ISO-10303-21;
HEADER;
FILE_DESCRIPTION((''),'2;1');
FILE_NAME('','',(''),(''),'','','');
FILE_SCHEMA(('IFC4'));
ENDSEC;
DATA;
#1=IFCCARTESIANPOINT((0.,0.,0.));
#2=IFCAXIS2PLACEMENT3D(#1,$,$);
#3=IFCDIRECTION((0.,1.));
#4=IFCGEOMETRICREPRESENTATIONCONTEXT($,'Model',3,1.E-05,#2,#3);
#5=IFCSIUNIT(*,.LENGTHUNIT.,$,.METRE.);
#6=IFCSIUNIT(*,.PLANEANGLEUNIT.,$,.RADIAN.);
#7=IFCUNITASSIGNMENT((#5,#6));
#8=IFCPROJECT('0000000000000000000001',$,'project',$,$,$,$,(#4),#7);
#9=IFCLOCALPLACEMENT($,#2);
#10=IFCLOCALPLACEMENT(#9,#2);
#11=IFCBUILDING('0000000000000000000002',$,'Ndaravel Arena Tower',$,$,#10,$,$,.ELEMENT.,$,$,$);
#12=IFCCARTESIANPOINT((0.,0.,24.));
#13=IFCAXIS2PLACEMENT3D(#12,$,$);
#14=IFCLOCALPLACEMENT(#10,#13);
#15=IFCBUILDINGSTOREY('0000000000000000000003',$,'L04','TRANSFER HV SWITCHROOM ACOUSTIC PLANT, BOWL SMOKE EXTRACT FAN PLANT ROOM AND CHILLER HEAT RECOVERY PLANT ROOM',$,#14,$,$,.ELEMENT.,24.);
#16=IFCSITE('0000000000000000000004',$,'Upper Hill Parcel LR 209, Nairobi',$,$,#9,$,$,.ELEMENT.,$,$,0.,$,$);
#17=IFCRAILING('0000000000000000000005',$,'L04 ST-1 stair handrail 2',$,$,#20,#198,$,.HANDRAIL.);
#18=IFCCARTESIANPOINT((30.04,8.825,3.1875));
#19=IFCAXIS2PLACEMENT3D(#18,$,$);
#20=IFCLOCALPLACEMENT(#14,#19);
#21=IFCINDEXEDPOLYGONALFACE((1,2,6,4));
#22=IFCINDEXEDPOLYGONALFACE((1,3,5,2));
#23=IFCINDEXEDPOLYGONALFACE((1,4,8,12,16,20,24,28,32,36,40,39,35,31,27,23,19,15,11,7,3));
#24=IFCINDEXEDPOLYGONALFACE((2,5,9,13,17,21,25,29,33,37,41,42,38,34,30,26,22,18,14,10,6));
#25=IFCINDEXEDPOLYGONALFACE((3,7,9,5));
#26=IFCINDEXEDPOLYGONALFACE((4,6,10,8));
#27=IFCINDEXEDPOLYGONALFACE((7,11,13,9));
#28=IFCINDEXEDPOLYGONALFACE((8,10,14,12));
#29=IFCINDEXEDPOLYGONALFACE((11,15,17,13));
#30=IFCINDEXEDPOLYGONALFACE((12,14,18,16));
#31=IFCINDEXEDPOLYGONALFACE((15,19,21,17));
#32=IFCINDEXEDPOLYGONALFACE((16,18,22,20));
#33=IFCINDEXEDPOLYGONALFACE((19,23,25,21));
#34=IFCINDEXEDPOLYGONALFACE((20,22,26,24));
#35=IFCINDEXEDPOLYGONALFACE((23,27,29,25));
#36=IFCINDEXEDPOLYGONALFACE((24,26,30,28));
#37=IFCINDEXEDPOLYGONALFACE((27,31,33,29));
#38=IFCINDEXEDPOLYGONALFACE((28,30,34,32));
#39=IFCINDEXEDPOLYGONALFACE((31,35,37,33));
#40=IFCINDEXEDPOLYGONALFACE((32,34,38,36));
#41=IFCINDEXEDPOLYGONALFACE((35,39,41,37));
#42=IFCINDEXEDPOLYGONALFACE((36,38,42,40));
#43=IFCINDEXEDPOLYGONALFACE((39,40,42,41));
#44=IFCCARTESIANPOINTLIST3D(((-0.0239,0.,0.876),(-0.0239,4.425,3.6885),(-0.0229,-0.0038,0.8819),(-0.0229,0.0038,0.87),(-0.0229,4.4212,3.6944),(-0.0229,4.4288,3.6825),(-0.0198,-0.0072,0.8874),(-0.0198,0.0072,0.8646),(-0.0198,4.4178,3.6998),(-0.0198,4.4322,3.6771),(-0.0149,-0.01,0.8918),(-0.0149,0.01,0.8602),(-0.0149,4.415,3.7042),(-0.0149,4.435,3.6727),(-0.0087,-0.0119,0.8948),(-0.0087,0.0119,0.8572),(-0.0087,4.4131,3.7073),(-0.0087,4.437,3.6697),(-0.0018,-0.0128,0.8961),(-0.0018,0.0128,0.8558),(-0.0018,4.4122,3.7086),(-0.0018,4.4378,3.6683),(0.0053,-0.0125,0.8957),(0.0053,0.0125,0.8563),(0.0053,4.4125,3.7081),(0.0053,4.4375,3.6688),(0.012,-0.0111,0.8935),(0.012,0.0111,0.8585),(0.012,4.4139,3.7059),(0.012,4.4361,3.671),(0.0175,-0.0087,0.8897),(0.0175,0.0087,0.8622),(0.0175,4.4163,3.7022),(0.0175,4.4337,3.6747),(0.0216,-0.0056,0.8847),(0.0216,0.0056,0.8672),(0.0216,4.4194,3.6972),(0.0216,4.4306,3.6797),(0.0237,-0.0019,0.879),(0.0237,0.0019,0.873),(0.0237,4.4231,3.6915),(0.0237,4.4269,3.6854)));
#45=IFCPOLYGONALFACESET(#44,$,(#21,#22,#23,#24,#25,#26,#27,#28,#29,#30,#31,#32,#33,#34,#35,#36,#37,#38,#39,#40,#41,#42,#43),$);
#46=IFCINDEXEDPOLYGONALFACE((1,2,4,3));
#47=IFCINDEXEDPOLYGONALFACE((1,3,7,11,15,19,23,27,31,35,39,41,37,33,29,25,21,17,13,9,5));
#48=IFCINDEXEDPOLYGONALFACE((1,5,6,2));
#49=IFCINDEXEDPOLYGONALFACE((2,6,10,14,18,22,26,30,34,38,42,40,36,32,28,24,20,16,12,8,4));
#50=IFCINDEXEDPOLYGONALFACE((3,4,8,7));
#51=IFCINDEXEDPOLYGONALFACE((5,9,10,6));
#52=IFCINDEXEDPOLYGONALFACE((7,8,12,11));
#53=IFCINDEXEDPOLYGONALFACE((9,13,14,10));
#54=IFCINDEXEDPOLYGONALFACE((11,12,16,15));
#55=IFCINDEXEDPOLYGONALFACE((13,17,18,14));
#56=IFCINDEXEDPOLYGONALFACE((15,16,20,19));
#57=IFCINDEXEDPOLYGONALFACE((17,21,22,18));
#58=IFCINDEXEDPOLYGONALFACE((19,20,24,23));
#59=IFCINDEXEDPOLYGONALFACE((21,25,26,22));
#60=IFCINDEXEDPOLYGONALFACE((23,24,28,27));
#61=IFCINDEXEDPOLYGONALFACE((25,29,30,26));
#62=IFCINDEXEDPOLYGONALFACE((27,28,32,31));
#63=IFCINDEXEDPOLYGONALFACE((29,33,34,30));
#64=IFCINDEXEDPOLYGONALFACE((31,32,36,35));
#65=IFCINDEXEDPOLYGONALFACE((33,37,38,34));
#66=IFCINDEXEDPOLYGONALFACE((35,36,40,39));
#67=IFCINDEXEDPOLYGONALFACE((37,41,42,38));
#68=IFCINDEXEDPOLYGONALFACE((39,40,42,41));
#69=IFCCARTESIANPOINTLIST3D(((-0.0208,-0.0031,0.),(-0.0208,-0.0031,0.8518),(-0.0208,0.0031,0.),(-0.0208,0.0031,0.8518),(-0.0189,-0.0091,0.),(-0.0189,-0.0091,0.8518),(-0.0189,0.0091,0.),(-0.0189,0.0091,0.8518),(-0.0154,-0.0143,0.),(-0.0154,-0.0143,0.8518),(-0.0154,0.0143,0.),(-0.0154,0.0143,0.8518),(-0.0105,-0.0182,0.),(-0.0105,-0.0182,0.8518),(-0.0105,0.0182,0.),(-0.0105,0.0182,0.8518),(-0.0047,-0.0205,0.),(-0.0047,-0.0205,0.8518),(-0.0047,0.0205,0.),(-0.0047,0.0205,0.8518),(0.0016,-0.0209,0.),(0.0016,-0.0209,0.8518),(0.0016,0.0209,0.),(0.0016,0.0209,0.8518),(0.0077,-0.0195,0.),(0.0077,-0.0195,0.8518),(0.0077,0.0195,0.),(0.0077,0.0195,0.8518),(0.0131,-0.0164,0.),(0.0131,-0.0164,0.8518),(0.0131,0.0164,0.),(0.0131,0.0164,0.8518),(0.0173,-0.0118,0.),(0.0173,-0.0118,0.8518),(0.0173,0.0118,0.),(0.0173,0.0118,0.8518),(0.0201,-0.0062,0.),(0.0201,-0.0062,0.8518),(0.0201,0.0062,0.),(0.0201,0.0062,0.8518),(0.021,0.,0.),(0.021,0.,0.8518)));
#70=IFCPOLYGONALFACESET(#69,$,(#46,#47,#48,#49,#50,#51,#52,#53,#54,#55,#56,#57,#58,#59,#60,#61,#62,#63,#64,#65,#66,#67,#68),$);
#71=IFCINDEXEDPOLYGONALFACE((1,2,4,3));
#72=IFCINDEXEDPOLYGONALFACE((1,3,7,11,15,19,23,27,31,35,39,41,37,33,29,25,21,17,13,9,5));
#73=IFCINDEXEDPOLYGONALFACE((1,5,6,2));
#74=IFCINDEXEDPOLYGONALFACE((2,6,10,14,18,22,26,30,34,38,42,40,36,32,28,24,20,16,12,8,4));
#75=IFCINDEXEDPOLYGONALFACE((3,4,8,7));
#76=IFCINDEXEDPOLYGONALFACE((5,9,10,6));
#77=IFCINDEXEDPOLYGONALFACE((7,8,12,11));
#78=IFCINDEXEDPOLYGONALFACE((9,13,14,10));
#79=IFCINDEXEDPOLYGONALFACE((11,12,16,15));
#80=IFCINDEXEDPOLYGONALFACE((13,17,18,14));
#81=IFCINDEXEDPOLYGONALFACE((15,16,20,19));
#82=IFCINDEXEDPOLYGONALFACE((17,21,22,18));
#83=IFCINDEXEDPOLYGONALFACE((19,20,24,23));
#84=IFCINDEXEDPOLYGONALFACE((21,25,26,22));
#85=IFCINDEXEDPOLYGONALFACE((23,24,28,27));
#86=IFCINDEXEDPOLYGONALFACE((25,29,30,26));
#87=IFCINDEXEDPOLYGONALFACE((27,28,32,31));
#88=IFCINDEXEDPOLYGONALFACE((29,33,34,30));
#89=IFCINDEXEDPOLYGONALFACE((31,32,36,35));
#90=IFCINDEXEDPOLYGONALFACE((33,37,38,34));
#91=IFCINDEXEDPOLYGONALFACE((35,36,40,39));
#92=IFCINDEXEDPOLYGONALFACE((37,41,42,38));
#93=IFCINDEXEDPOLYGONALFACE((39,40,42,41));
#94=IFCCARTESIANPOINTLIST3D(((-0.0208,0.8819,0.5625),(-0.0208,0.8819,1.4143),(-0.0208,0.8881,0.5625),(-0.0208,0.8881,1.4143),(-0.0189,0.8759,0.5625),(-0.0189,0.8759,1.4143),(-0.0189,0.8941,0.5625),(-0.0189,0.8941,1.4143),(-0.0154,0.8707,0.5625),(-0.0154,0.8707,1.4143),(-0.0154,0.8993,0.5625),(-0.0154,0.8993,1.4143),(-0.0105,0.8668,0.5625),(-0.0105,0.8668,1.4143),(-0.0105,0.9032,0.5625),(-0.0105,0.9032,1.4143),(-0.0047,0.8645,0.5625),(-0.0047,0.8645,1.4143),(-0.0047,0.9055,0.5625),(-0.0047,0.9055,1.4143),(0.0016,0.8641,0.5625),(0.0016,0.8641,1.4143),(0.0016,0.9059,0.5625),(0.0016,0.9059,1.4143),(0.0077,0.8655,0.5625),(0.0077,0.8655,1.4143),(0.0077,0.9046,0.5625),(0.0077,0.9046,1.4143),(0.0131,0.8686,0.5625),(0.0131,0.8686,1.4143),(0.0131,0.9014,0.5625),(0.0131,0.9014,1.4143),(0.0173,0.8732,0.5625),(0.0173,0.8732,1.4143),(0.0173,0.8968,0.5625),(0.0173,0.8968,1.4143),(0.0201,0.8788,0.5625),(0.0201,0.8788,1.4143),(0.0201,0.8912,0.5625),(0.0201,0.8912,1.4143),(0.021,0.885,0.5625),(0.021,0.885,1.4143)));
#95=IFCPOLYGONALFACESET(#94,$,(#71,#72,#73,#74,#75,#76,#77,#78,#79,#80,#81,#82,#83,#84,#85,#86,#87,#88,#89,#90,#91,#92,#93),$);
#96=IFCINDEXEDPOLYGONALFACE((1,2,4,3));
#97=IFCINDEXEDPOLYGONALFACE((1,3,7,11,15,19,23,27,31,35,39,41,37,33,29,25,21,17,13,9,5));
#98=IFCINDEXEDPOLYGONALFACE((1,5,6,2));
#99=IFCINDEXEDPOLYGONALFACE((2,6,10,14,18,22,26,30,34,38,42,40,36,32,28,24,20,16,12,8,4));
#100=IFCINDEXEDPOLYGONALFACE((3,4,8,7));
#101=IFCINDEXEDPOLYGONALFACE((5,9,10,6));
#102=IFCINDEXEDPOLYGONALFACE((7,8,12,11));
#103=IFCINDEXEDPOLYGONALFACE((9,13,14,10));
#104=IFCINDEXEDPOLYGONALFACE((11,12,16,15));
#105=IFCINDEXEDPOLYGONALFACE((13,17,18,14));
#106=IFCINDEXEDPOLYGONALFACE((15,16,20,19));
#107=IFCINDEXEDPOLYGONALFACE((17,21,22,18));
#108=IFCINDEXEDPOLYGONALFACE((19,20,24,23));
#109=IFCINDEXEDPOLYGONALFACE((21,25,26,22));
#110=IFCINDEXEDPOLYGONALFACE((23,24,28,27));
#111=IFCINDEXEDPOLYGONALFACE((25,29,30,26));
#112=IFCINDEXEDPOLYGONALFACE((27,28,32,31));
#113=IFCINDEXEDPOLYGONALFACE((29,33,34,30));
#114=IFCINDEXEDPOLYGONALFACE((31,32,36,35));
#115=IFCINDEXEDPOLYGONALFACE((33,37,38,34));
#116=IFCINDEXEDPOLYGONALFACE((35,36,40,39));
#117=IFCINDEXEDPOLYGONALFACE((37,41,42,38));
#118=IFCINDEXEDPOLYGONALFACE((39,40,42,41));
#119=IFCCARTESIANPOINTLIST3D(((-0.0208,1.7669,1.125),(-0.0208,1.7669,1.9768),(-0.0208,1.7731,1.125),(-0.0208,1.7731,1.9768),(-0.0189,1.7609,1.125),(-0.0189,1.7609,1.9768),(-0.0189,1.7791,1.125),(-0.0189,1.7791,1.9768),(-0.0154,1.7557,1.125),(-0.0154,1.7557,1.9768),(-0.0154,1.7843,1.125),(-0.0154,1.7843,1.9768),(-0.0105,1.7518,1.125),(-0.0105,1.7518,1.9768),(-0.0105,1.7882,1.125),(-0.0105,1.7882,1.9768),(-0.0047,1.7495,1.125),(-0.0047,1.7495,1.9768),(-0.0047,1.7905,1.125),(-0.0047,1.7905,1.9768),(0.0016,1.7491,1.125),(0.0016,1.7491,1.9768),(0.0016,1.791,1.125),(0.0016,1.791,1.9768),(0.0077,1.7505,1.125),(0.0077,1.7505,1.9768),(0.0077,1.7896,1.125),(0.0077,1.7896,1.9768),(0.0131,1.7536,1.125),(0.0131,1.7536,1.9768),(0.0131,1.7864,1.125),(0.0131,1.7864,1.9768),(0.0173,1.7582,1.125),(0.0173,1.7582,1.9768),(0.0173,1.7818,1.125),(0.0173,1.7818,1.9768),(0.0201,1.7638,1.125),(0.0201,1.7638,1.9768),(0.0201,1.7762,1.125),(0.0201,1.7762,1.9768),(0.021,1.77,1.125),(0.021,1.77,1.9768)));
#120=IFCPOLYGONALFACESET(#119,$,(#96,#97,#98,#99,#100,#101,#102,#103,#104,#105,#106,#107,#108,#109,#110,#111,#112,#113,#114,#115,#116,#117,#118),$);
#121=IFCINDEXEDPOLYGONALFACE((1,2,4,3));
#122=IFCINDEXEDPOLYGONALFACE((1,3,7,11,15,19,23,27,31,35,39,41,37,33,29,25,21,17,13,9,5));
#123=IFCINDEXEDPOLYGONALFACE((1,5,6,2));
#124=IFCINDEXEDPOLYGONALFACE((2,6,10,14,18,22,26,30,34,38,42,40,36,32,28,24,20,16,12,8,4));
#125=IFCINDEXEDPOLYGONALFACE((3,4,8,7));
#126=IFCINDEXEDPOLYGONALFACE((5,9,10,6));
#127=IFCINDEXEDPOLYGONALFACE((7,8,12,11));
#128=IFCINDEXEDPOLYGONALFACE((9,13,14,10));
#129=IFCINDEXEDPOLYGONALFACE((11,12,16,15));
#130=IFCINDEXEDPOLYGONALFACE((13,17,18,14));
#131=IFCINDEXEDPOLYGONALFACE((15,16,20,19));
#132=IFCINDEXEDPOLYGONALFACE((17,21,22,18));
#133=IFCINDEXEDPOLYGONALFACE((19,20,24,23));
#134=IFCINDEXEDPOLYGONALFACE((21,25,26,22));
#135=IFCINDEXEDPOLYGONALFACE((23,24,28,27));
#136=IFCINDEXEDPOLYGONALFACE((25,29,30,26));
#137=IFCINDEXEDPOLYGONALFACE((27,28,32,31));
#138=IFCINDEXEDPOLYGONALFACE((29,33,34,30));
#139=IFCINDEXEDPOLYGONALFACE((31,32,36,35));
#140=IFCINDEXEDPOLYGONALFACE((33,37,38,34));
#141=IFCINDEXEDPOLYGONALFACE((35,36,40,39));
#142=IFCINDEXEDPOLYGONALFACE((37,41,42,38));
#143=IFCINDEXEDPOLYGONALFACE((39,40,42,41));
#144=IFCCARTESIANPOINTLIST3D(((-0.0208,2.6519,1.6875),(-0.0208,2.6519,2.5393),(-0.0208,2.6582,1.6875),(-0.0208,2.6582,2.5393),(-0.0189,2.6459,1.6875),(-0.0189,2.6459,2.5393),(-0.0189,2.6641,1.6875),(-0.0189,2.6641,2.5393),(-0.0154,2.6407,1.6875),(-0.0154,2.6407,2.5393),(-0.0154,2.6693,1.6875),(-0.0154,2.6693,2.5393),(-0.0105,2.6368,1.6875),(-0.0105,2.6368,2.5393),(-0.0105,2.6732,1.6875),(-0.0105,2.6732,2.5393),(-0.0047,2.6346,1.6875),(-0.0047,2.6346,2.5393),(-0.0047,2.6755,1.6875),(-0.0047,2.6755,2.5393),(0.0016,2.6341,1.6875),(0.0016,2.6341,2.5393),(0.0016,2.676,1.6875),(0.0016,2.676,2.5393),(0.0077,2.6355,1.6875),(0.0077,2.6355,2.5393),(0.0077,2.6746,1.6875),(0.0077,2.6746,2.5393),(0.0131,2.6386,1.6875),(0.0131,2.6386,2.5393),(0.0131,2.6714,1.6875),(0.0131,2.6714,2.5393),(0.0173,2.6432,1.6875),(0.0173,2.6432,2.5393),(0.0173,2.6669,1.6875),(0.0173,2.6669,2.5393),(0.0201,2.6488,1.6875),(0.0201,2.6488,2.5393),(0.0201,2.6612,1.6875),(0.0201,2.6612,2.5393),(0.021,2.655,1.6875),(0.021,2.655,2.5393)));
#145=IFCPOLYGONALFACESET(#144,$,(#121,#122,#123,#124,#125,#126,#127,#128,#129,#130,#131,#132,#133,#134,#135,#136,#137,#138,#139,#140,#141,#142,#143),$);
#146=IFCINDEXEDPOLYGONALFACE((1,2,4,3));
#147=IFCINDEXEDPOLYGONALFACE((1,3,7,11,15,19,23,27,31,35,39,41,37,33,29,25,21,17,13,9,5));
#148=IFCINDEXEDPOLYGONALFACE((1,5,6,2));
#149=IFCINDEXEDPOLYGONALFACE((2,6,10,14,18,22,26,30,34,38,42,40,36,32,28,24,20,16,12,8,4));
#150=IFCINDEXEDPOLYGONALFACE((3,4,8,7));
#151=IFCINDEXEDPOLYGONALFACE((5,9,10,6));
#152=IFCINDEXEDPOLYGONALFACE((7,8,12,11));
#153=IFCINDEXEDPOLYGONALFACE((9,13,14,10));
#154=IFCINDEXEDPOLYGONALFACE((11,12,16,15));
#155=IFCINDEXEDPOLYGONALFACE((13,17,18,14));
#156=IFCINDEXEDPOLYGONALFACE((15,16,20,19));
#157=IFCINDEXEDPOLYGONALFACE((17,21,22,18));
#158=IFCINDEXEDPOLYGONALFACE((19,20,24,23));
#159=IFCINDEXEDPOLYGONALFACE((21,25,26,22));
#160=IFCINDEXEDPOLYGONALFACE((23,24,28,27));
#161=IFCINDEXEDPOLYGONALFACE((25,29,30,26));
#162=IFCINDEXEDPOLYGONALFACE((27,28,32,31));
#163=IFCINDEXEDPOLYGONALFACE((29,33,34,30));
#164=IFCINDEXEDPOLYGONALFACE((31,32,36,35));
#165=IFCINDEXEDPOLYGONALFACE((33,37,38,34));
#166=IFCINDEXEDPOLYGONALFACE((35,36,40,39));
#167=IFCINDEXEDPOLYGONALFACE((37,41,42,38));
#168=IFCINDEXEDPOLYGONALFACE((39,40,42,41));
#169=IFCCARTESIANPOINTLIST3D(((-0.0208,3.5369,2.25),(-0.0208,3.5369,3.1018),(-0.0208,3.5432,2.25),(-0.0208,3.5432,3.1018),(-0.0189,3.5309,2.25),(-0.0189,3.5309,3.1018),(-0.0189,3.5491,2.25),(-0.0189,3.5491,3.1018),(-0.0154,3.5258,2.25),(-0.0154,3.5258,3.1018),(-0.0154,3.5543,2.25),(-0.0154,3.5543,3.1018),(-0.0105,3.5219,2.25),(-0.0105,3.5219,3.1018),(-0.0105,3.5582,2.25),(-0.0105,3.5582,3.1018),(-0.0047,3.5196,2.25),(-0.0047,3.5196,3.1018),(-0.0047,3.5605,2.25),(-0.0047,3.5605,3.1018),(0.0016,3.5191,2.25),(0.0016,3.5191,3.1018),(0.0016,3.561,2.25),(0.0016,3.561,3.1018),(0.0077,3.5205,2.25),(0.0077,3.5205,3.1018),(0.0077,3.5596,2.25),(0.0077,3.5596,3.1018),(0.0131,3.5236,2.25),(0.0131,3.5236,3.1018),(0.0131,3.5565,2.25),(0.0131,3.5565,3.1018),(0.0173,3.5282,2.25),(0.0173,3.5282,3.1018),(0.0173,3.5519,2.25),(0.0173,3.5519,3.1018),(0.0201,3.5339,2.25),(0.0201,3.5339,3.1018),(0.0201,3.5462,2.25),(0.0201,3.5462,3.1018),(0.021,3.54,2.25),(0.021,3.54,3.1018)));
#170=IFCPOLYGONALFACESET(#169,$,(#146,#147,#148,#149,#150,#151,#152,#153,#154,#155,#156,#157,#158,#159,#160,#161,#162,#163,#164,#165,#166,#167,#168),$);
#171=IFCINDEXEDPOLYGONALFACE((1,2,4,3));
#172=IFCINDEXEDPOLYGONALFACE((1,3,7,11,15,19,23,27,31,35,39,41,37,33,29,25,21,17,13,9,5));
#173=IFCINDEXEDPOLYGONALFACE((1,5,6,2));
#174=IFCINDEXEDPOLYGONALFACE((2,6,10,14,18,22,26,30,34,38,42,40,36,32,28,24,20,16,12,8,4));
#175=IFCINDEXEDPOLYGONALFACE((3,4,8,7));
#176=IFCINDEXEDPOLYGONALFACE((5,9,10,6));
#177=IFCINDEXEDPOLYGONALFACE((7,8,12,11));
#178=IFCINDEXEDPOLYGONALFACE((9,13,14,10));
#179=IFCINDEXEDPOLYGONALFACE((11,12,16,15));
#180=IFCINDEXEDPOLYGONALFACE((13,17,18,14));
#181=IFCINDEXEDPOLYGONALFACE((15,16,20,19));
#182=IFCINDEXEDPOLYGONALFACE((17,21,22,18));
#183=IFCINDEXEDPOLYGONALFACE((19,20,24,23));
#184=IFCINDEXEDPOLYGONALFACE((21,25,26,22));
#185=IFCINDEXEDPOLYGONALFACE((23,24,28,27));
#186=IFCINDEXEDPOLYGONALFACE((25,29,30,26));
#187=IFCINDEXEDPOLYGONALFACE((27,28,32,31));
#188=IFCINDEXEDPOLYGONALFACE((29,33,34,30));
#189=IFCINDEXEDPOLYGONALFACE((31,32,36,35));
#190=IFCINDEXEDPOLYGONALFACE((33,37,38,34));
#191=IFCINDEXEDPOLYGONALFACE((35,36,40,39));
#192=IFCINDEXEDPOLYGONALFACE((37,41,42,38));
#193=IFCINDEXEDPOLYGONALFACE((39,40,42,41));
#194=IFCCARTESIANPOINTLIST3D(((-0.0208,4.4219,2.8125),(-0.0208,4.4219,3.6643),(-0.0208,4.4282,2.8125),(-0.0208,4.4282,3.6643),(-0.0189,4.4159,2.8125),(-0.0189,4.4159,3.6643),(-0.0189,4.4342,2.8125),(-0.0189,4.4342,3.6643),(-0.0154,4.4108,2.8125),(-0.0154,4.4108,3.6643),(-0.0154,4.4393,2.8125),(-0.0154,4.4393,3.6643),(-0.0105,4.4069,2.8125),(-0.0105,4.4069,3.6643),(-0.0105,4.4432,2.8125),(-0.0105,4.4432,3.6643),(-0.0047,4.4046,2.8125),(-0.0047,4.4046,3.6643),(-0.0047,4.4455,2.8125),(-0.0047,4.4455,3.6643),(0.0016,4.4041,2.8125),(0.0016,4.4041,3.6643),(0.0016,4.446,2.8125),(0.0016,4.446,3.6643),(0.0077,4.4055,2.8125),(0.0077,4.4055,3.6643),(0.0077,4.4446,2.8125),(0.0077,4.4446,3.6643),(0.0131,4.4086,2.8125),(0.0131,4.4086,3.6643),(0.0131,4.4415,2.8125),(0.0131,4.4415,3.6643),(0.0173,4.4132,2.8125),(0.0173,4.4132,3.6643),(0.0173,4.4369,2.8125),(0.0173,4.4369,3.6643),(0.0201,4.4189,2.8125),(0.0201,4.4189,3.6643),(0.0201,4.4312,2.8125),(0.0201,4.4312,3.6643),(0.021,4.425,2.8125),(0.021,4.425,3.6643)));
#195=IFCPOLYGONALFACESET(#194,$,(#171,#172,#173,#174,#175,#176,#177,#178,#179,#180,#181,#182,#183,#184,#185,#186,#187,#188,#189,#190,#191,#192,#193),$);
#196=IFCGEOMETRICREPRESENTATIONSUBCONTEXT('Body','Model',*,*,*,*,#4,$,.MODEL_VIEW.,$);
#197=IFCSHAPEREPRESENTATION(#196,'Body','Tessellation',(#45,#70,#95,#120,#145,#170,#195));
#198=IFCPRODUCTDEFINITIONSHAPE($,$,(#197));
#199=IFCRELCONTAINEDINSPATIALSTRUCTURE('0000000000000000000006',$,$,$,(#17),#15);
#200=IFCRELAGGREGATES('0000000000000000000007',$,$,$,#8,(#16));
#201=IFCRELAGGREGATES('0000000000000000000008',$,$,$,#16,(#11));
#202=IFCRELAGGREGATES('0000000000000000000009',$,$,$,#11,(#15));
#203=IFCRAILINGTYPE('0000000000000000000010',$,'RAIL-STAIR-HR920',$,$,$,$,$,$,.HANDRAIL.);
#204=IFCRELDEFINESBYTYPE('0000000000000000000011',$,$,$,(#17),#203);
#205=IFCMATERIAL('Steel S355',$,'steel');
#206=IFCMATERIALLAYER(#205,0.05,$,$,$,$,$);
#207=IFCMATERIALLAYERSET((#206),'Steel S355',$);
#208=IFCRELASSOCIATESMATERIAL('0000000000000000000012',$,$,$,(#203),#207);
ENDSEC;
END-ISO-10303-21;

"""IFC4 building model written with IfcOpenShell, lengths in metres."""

from ifc_helpers import new_model, si_unit, direction, frame, origin, origin_2d, place, context, subcontext, project, spatial, circle, extrude, material, layer, layer_set, type_object, element, save


model = new_model("IFC4")

# Units and contexts
model_context = context("Model", 3, precision=1e-05, world=origin(), true_north=direction((0.0, 1.0)))
body_context = subcontext(model_context, "Body", "Model", "MODEL_VIEW")
ifc_project = project(units=[si_unit("LENGTHUNIT", "METRE"), si_unit("PLANEANGLEUNIT", "RADIAN")], contexts=[model_context])

# Site, building, storey
site_placement = place(None, origin())
site = spatial("IfcSite", under=ifc_project, at=site_placement, Name="Upper Hill Parcel LR 209, Nairobi", CompositionType="ELEMENT", RefElevation=0.0)
building_placement = place(site_placement, origin())
building = spatial("IfcBuilding", under=site, at=building_placement, Name="Ndaravel Arena Tower", CompositionType="ELEMENT")
storey_placement = place(building_placement, frame((0.0, 0.0, 24.0)))
storey = spatial("IfcBuildingStorey", under=building, at=storey_placement, Name="L04", Description="TRANSFER HV SWITCHROOM ACOUSTIC PLANT, BOWL SMOKE EXTRACT FAN PLANT ROOM AND CHILLER HEAT RECOVERY PLANT ROOM", CompositionType="ELEMENT", Elevation=24.0)

# Railing
ifc_material_1 = material(Name="Steel S355", Category="steel")
ifc_layer_1 = layer(ifc_material_1, 0.05)
ifc_layer_set_1 = layer_set([ifc_layer_1], Name="Steel S355")
railing_type_1 = type_object("IfcRailingType", Name="RAIL-STAIR-HR920", PredefinedType="HANDRAIL", material=ifc_layer_set_1)
railing_1_placement = place(storey_placement, frame((30.04, 8.825, 3.1875)))
element("IfcRailing", 1, at=railing_1_placement, inside=storey, type_object=railing_type_1, Name="L04 ST-1 stair handrail 2", PredefinedType="HANDRAIL", context=body_context, shape_type="SweptSolid", body=[
    extrude(circle(Radius=0.0239, at=origin_2d()), frame((0.0, 0.0, 0.876), z_axis=(0.0, 0.843959, 0.536408), x_axis=(-1.0, 0.0, 0.0)), (0.0, 0.0, 1.0), 5.2432),
    extrude(circle(Radius=0.021, at=origin_2d()), origin(), (0.0, 0.0, 1.0), 0.8518),
    extrude(circle(Radius=0.021, at=origin_2d()), frame((0.0, 0.885, 0.5625)), (0.0, 0.0, 1.0), 0.8518),
    extrude(circle(Radius=0.021, at=origin_2d()), frame((0.0, 1.77, 1.125)), (0.0, 0.0, 1.0), 0.8518),
    extrude(circle(Radius=0.021, at=origin_2d()), frame((0.0, 2.655, 1.6875)), (0.0, 0.0, 1.0), 0.8518),
    extrude(circle(Radius=0.021, at=origin_2d()), frame((0.0, 3.54, 2.25)), (0.0, 0.0, 1.0), 0.8518),
    extrude(circle(Radius=0.021, at=origin_2d()), frame((0.0, 4.425, 2.8125)), (0.0, 0.0, 1.0), 0.8518),
])

save(model, "model.ifc")
